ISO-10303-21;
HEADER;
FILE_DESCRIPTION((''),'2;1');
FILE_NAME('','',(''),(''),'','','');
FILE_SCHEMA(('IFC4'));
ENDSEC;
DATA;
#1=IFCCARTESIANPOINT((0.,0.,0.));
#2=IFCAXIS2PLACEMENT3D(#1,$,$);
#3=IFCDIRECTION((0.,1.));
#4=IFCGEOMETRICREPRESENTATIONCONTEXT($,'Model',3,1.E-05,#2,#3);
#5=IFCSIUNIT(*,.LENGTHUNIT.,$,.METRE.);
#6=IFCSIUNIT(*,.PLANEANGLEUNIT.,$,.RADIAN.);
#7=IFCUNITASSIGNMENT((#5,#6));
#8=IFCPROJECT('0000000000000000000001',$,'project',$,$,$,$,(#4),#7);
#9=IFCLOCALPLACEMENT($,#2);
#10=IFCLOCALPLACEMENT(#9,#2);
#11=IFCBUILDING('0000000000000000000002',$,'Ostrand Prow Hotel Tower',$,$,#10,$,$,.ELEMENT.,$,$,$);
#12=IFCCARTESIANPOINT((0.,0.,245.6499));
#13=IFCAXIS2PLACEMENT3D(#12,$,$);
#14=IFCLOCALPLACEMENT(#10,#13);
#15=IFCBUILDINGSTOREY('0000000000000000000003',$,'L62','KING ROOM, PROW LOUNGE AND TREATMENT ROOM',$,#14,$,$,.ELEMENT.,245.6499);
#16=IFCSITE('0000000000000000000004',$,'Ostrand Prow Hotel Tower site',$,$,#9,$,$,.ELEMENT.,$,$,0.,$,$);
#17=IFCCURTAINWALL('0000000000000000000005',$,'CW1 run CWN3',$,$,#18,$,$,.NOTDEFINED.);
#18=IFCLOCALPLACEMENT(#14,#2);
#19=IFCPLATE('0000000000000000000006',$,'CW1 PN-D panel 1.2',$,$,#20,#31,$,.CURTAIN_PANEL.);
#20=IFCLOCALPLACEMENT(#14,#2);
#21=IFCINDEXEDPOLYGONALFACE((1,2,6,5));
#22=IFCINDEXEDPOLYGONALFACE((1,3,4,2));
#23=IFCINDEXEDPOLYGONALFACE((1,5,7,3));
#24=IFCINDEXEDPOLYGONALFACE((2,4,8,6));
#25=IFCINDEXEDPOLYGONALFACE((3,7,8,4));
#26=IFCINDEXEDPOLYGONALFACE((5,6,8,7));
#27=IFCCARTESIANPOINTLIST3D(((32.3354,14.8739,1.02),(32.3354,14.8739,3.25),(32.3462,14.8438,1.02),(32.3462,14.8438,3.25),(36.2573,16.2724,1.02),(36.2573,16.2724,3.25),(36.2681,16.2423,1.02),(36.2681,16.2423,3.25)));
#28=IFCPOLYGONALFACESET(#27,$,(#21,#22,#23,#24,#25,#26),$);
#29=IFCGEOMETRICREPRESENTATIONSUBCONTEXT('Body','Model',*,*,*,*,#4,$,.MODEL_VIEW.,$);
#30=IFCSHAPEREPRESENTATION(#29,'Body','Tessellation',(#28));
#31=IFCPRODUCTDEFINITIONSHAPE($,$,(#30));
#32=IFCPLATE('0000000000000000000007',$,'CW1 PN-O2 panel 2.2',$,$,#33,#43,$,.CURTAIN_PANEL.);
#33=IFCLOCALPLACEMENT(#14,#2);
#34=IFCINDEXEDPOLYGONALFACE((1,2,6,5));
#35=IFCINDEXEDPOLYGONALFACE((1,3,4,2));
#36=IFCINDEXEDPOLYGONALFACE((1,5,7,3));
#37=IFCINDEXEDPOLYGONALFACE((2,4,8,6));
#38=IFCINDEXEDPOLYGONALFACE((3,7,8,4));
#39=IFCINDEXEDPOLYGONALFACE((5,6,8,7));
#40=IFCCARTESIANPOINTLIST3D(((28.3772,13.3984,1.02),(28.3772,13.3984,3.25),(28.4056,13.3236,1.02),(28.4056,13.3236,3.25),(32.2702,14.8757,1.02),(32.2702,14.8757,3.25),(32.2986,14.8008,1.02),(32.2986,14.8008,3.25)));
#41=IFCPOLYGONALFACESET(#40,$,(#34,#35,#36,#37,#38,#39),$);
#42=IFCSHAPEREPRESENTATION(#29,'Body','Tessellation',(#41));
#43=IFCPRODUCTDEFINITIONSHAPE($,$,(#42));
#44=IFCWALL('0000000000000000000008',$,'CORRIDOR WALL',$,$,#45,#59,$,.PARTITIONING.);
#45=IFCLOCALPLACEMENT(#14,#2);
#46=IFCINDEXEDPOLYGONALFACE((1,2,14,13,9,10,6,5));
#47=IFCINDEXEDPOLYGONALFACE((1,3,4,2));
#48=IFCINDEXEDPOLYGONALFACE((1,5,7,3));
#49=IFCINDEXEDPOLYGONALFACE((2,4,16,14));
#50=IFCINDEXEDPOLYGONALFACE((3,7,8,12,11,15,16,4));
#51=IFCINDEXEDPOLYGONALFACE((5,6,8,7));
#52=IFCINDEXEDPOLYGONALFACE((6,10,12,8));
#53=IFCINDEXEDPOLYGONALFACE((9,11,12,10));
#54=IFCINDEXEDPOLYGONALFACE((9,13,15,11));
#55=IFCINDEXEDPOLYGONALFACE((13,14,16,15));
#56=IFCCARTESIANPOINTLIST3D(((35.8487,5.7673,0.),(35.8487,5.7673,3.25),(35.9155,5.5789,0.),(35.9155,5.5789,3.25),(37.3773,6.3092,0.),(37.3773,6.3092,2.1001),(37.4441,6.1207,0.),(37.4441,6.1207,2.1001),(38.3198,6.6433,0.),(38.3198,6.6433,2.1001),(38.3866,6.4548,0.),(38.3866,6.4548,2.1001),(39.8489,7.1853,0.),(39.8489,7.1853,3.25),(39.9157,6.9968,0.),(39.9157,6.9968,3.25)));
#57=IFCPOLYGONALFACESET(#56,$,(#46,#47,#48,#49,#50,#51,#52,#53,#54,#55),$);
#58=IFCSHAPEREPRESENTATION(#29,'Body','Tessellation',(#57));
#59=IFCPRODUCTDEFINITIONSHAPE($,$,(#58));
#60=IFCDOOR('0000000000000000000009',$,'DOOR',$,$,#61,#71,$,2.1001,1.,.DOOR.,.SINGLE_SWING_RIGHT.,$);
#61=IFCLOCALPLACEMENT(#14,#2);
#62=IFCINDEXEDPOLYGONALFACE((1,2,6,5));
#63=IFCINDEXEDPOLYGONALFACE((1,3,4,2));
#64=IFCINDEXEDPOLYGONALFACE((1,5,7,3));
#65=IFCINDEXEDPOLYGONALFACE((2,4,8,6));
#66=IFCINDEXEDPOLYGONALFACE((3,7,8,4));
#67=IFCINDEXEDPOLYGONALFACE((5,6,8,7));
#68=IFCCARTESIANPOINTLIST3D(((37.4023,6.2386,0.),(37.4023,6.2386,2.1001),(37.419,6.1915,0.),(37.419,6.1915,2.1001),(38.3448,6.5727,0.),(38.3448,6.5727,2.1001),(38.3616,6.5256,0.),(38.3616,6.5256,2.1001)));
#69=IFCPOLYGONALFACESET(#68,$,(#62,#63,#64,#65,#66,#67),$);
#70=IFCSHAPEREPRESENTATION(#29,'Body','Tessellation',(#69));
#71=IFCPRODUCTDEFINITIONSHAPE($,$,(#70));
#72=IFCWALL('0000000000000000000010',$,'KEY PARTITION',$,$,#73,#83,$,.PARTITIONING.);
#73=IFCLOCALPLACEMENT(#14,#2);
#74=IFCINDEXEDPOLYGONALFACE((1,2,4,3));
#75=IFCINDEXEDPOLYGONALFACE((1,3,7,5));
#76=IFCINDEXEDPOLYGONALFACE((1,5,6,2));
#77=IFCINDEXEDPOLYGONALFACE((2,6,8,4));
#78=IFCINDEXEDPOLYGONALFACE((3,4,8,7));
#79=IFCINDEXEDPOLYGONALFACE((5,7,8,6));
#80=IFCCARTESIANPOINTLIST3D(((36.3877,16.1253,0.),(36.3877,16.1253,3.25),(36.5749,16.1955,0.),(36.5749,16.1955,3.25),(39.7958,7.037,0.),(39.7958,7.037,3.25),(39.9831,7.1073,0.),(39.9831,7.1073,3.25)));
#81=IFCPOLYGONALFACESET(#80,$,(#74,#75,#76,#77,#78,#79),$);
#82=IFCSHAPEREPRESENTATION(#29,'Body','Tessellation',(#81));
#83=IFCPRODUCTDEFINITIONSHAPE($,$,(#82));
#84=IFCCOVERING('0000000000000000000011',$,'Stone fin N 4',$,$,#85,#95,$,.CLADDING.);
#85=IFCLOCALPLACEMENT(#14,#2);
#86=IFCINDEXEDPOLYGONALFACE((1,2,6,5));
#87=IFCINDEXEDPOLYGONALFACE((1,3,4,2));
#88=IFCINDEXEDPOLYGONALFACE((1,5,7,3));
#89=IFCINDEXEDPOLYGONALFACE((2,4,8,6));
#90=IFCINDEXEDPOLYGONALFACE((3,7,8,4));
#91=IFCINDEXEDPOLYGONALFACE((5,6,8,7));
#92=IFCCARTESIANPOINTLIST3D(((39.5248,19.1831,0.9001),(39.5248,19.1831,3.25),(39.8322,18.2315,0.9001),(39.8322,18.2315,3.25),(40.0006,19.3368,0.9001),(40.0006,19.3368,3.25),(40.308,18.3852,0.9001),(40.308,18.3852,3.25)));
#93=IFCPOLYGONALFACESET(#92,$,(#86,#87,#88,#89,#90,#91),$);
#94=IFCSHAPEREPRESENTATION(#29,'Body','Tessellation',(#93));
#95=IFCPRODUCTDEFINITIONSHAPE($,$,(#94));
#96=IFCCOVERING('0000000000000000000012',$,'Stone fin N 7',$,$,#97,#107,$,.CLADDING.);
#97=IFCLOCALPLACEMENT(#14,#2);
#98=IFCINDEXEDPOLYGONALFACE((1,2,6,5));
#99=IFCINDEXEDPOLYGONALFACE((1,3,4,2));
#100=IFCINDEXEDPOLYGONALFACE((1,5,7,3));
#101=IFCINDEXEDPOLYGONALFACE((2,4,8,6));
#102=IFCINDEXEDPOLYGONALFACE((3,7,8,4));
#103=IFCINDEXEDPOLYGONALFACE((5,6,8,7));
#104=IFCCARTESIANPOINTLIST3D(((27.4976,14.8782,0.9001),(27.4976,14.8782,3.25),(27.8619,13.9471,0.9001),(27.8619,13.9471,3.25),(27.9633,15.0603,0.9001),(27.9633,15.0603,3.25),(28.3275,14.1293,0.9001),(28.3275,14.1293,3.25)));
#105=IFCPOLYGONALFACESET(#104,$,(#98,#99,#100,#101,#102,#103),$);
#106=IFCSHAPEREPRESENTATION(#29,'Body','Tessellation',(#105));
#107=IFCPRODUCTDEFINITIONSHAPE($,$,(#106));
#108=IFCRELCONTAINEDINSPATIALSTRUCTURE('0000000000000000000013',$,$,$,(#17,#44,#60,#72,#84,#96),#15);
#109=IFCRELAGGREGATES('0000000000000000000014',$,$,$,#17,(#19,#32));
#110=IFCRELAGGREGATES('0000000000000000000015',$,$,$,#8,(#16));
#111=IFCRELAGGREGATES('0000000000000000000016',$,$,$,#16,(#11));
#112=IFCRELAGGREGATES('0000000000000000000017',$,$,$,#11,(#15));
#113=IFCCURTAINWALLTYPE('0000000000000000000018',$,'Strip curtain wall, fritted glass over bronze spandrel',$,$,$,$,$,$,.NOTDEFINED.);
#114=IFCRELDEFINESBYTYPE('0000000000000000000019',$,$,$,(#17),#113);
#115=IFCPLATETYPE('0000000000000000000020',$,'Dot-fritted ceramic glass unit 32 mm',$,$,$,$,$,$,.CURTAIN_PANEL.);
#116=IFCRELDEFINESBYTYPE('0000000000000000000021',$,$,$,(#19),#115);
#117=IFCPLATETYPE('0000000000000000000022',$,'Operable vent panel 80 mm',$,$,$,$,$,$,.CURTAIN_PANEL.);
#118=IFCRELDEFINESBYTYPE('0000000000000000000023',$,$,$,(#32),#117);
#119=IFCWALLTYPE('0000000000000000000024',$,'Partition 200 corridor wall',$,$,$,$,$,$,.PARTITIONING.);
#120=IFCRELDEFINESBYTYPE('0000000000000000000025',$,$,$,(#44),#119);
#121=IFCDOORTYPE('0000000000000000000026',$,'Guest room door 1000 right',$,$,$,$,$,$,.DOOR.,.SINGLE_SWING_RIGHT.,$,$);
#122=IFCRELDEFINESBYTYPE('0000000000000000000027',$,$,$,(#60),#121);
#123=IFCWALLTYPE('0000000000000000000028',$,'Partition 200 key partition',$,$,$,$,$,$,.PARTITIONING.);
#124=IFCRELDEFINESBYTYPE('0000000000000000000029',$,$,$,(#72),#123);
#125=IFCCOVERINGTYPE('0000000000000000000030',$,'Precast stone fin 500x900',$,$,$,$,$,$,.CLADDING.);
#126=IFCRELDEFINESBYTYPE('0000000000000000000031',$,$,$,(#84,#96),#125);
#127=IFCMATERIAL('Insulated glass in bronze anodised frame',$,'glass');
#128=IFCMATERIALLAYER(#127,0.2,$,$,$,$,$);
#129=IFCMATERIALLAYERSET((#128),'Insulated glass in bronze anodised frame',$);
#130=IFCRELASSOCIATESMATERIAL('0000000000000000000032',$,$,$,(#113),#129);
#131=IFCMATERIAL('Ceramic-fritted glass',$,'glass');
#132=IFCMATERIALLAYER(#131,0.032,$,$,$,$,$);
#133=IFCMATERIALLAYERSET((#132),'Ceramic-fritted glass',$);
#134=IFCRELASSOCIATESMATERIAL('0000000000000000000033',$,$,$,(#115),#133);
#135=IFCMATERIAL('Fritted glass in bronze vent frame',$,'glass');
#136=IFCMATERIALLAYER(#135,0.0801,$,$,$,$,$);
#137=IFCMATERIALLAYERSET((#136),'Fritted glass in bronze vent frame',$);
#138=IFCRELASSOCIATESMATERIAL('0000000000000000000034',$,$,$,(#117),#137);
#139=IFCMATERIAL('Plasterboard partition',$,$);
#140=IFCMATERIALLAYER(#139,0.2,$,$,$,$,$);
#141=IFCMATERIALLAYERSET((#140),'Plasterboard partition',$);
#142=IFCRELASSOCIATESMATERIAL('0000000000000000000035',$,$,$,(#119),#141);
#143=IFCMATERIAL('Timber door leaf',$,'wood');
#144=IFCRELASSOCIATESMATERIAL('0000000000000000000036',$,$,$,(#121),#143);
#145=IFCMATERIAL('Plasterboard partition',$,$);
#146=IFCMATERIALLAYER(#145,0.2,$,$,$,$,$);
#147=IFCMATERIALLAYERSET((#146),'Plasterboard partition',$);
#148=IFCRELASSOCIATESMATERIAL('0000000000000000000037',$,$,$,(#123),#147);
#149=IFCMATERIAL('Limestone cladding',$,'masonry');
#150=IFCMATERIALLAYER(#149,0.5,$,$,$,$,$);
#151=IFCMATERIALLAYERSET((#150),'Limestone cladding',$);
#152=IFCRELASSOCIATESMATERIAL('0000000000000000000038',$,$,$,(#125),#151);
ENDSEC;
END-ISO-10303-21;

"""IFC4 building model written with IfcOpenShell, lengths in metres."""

from ifc_helpers import new_model, si_unit, direction, frame, frame_2d, origin, origin_2d, place, context, subcontext, project, spatial, rectangle, extrude, material, layer, layer_set, type_object, element, fill, aggregate, save


model = new_model("IFC4")

# Units and contexts
model_context = context("Model", 3, precision=1e-05, world=origin(), true_north=direction((0.0, 1.0)))
body_context = subcontext(model_context, "Body", "Model", "MODEL_VIEW")
ifc_project = project(units=[si_unit("LENGTHUNIT", "METRE"), si_unit("PLANEANGLEUNIT", "RADIAN")], contexts=[model_context])

# Site, building, storey
site_placement = place(None, origin())
site = spatial("IfcSite", under=ifc_project, at=site_placement, Name="Ostrand Prow Hotel Tower site", CompositionType="ELEMENT", RefElevation=0.0)
building_placement = place(site_placement, origin())
building = spatial("IfcBuilding", under=site, at=building_placement, Name="Ostrand Prow Hotel Tower", CompositionType="ELEMENT")
storey_placement = place(building_placement, frame((0.0, 0.0, 245.6499)))
storey = spatial("IfcBuildingStorey", under=building, at=storey_placement, Name="L62", Description="KING ROOM, PROW LOUNGE AND TREATMENT ROOM", CompositionType="ELEMENT", Elevation=245.6499)

# Curtain wall
ifc_material_1 = material(Name="Insulated glass in bronze anodised frame", Category="glass")
ifc_layer_1 = layer(ifc_material_1, 0.2)
ifc_layer_set_1 = layer_set([ifc_layer_1], Name="Insulated glass in bronze anodised frame")
curtain_wall_type = type_object("IfcCurtainWallType", Name="Strip curtain wall, fritted glass over bronze spandrel", PredefinedType="NOTDEFINED", material=ifc_layer_set_1)
curtain_wall_1_placement = place(storey_placement, origin())
curtain_wall_1 = element("IfcCurtainWall", 1, at=curtain_wall_1_placement, inside=storey, type_object=curtain_wall_type, Name="CW1 run CWN3", PredefinedType="NOTDEFINED")

# Plates
ifc_material_2 = material(Name="Ceramic-fritted glass", Category="glass")
ifc_layer_2 = layer(ifc_material_2, 0.032)
ifc_layer_set_2 = layer_set([ifc_layer_2], Name="Ceramic-fritted glass")
plate_type_1 = type_object("IfcPlateType", Name="Dot-fritted ceramic glass unit 32 mm", PredefinedType="CURTAIN_PANEL", material=ifc_layer_set_2)
plate_1_placement = place(storey_placement, frame((34.3018, 15.5581, 1.02), z_axis=(0.0, 0.0, 1.0), x_axis=(-0.941906, -0.335877, 0.0)))
plate_1 = element("IfcPlate", 2, at=plate_1_placement, type_object=plate_type_1, Name="CW1 PN-D panel 1.2", PredefinedType="CURTAIN_PANEL", context=body_context, shape_type="SweptSolid", body=[
    extrude(rectangle(XDim=4.1638, YDim=0.032, at=origin_2d()), origin(), (0.0, 0.0, 1.0), 2.23),
])
ifc_material_3 = material(Name="Fritted glass in bronze vent frame", Category="glass")
ifc_layer_3 = layer(ifc_material_3, 0.0801)
ifc_layer_set_3 = layer_set([ifc_layer_3], Name="Fritted glass in bronze vent frame")
plate_type_2 = type_object("IfcPlateType", Name="Operable vent panel 80 mm", PredefinedType="CURTAIN_PANEL", material=ifc_layer_set_3)
plate_2_placement = place(storey_placement, frame((30.3379, 14.0996, 1.02), z_axis=(0.0, 0.0, 1.0), x_axis=(-0.934951, -0.354777, 0.0)))
plate_2 = element("IfcPlate", 3, at=plate_2_placement, type_object=plate_type_2, Name="CW1 PN-O2 panel 2.2", PredefinedType="CURTAIN_PANEL", context=body_context, shape_type="SweptSolid", body=[
    extrude(rectangle(XDim=4.1638, YDim=0.0801, at=origin_2d()), origin(), (0.0, 0.0, 1.0), 2.23),
])
aggregate(curtain_wall_1, [plate_1, plate_2])

# Wall, opening, door
ifc_material_4 = material(Name="Plasterboard partition")
ifc_layer_4 = layer(ifc_material_4, 0.2)
ifc_layer_set_4 = layer_set([ifc_layer_4], Name="Plasterboard partition")
wall_type_1 = type_object("IfcWallType", Name="Partition 200 corridor wall", PredefinedType="PARTITIONING", material=ifc_layer_set_4)
wall_1_placement = place(storey_placement, frame((39.8823, 7.0911, 0.0), z_axis=(0.0, 0.0, 1.0), x_axis=(-0.942537, -0.334102, 0.0)))
wall_1 = element("IfcWall", 4, at=wall_1_placement, inside=storey, type_object=wall_type_1, Name="CORRIDOR WALL", PredefinedType="PARTITIONING", context=body_context, shape_type="SweptSolid", body=[
    extrude(rectangle(XDim=4.2441, YDim=0.2, at=frame_2d((2.1221, 0.0))), origin(), (0.0, 0.0, 1.0), 3.25),
])
opening_placement = place(wall_1_placement, frame((1.6223, 0.0, 0.0)))
opening = element("IfcOpeningElement", 5, at=opening_placement, cuts=wall_1, PredefinedType="OPENING", context=body_context, shape_type="SweptSolid", body=[
    extrude(rectangle(XDim=1.0, YDim=2.1001, at=frame_2d((0.5, 1.05))), frame((0.0, 0.1099, 0.0), z_axis=(0.0, -1.0, 0.0), x_axis=(1.0, 0.0, 0.0)), (0.0, 0.0, 1.0), 0.22),
])
ifc_material_5 = material(Name="Timber door leaf", Category="wood")
door_type = type_object("IfcDoorType", Name="Guest room door 1000 right", OperationType="SINGLE_SWING_RIGHT", PredefinedType="DOOR", material=ifc_material_5)
door_placement = place(opening_placement, origin())
door = element("IfcDoor", 6, at=door_placement, inside=storey, type_object=door_type, Name="DOOR", OperationType="SINGLE_SWING_RIGHT", OverallHeight=2.1001, OverallWidth=1.0, PredefinedType="DOOR", context=body_context, shape_type="SweptSolid", body=[
    extrude(rectangle(XDim=1.0, YDim=2.1001, at=frame_2d((0.5, 1.05))), frame((0.0, 0.0249, 0.0), z_axis=(0.0, -1.0, 0.0), x_axis=(1.0, 0.0, 0.0)), (0.0, 0.0, 1.0), 0.05),
])
fill(opening, door)

# Wall
ifc_material_6 = material(Name="Plasterboard partition")
ifc_layer_5 = layer(ifc_material_6, 0.2)
ifc_layer_set_5 = layer_set([ifc_layer_5], Name="Plasterboard partition")
wall_type_2 = type_object("IfcWallType", Name="Partition 200 key partition", PredefinedType="PARTITIONING", material=ifc_layer_set_5)
wall_2_placement = place(storey_placement, frame((39.8894, 7.0723, 0.0), z_axis=(0.0, 0.0, 1.0), x_axis=(-0.351129, 0.936327, 0.0)))
element("IfcWall", 7, at=wall_2_placement, inside=storey, type_object=wall_type_2, Name="KEY PARTITION", PredefinedType="PARTITIONING", context=body_context, shape_type="SweptSolid", body=[
    extrude(rectangle(XDim=9.7063, YDim=0.2, at=frame_2d((4.853, 0.0))), origin(), (0.0, 0.0, 1.0), 3.25),
])

# Coverings
ifc_material_7 = material(Name="Limestone cladding", Category="masonry")
ifc_layer_6 = layer(ifc_material_7, 0.5)
ifc_layer_set_6 = layer_set([ifc_layer_6], Name="Limestone cladding")
covering_type = type_object("IfcCoveringType", Name="Precast stone fin 500x900", PredefinedType="CLADDING", material=ifc_layer_set_6)
covering_1_placement = place(storey_placement, frame((40.0701, 18.3083, 0.9001), z_axis=(0.0, 0.0, 1.0), x_axis=(-0.307352, 0.951596, 0.0)))
element("IfcCovering", 8, at=covering_1_placement, inside=storey, type_object=covering_type, Name="Stone fin N 4", PredefinedType="CLADDING", context=body_context, shape_type="SweptSolid", body=[
    extrude(rectangle(XDim=1.0, YDim=0.5, at=frame_2d((0.5, 0.0))), origin(), (0.0, 0.0, 1.0), 2.3499),
])
covering_2_placement = place(storey_placement, frame((28.0947, 14.0381, 0.9001), z_axis=(0.0, 0.0, 1.0), x_axis=(-0.364307, 0.931279, 0.0)))
element("IfcCovering", 9, at=covering_2_placement, inside=storey, type_object=covering_type, Name="Stone fin N 7", PredefinedType="CLADDING", context=body_context, shape_type="SweptSolid", body=[
    extrude(rectangle(XDim=0.9998, YDim=0.5, at=frame_2d((0.5, 0.0))), origin(), (0.0, 0.0, 1.0), 2.3499),
])

save(model, "model.ifc")
